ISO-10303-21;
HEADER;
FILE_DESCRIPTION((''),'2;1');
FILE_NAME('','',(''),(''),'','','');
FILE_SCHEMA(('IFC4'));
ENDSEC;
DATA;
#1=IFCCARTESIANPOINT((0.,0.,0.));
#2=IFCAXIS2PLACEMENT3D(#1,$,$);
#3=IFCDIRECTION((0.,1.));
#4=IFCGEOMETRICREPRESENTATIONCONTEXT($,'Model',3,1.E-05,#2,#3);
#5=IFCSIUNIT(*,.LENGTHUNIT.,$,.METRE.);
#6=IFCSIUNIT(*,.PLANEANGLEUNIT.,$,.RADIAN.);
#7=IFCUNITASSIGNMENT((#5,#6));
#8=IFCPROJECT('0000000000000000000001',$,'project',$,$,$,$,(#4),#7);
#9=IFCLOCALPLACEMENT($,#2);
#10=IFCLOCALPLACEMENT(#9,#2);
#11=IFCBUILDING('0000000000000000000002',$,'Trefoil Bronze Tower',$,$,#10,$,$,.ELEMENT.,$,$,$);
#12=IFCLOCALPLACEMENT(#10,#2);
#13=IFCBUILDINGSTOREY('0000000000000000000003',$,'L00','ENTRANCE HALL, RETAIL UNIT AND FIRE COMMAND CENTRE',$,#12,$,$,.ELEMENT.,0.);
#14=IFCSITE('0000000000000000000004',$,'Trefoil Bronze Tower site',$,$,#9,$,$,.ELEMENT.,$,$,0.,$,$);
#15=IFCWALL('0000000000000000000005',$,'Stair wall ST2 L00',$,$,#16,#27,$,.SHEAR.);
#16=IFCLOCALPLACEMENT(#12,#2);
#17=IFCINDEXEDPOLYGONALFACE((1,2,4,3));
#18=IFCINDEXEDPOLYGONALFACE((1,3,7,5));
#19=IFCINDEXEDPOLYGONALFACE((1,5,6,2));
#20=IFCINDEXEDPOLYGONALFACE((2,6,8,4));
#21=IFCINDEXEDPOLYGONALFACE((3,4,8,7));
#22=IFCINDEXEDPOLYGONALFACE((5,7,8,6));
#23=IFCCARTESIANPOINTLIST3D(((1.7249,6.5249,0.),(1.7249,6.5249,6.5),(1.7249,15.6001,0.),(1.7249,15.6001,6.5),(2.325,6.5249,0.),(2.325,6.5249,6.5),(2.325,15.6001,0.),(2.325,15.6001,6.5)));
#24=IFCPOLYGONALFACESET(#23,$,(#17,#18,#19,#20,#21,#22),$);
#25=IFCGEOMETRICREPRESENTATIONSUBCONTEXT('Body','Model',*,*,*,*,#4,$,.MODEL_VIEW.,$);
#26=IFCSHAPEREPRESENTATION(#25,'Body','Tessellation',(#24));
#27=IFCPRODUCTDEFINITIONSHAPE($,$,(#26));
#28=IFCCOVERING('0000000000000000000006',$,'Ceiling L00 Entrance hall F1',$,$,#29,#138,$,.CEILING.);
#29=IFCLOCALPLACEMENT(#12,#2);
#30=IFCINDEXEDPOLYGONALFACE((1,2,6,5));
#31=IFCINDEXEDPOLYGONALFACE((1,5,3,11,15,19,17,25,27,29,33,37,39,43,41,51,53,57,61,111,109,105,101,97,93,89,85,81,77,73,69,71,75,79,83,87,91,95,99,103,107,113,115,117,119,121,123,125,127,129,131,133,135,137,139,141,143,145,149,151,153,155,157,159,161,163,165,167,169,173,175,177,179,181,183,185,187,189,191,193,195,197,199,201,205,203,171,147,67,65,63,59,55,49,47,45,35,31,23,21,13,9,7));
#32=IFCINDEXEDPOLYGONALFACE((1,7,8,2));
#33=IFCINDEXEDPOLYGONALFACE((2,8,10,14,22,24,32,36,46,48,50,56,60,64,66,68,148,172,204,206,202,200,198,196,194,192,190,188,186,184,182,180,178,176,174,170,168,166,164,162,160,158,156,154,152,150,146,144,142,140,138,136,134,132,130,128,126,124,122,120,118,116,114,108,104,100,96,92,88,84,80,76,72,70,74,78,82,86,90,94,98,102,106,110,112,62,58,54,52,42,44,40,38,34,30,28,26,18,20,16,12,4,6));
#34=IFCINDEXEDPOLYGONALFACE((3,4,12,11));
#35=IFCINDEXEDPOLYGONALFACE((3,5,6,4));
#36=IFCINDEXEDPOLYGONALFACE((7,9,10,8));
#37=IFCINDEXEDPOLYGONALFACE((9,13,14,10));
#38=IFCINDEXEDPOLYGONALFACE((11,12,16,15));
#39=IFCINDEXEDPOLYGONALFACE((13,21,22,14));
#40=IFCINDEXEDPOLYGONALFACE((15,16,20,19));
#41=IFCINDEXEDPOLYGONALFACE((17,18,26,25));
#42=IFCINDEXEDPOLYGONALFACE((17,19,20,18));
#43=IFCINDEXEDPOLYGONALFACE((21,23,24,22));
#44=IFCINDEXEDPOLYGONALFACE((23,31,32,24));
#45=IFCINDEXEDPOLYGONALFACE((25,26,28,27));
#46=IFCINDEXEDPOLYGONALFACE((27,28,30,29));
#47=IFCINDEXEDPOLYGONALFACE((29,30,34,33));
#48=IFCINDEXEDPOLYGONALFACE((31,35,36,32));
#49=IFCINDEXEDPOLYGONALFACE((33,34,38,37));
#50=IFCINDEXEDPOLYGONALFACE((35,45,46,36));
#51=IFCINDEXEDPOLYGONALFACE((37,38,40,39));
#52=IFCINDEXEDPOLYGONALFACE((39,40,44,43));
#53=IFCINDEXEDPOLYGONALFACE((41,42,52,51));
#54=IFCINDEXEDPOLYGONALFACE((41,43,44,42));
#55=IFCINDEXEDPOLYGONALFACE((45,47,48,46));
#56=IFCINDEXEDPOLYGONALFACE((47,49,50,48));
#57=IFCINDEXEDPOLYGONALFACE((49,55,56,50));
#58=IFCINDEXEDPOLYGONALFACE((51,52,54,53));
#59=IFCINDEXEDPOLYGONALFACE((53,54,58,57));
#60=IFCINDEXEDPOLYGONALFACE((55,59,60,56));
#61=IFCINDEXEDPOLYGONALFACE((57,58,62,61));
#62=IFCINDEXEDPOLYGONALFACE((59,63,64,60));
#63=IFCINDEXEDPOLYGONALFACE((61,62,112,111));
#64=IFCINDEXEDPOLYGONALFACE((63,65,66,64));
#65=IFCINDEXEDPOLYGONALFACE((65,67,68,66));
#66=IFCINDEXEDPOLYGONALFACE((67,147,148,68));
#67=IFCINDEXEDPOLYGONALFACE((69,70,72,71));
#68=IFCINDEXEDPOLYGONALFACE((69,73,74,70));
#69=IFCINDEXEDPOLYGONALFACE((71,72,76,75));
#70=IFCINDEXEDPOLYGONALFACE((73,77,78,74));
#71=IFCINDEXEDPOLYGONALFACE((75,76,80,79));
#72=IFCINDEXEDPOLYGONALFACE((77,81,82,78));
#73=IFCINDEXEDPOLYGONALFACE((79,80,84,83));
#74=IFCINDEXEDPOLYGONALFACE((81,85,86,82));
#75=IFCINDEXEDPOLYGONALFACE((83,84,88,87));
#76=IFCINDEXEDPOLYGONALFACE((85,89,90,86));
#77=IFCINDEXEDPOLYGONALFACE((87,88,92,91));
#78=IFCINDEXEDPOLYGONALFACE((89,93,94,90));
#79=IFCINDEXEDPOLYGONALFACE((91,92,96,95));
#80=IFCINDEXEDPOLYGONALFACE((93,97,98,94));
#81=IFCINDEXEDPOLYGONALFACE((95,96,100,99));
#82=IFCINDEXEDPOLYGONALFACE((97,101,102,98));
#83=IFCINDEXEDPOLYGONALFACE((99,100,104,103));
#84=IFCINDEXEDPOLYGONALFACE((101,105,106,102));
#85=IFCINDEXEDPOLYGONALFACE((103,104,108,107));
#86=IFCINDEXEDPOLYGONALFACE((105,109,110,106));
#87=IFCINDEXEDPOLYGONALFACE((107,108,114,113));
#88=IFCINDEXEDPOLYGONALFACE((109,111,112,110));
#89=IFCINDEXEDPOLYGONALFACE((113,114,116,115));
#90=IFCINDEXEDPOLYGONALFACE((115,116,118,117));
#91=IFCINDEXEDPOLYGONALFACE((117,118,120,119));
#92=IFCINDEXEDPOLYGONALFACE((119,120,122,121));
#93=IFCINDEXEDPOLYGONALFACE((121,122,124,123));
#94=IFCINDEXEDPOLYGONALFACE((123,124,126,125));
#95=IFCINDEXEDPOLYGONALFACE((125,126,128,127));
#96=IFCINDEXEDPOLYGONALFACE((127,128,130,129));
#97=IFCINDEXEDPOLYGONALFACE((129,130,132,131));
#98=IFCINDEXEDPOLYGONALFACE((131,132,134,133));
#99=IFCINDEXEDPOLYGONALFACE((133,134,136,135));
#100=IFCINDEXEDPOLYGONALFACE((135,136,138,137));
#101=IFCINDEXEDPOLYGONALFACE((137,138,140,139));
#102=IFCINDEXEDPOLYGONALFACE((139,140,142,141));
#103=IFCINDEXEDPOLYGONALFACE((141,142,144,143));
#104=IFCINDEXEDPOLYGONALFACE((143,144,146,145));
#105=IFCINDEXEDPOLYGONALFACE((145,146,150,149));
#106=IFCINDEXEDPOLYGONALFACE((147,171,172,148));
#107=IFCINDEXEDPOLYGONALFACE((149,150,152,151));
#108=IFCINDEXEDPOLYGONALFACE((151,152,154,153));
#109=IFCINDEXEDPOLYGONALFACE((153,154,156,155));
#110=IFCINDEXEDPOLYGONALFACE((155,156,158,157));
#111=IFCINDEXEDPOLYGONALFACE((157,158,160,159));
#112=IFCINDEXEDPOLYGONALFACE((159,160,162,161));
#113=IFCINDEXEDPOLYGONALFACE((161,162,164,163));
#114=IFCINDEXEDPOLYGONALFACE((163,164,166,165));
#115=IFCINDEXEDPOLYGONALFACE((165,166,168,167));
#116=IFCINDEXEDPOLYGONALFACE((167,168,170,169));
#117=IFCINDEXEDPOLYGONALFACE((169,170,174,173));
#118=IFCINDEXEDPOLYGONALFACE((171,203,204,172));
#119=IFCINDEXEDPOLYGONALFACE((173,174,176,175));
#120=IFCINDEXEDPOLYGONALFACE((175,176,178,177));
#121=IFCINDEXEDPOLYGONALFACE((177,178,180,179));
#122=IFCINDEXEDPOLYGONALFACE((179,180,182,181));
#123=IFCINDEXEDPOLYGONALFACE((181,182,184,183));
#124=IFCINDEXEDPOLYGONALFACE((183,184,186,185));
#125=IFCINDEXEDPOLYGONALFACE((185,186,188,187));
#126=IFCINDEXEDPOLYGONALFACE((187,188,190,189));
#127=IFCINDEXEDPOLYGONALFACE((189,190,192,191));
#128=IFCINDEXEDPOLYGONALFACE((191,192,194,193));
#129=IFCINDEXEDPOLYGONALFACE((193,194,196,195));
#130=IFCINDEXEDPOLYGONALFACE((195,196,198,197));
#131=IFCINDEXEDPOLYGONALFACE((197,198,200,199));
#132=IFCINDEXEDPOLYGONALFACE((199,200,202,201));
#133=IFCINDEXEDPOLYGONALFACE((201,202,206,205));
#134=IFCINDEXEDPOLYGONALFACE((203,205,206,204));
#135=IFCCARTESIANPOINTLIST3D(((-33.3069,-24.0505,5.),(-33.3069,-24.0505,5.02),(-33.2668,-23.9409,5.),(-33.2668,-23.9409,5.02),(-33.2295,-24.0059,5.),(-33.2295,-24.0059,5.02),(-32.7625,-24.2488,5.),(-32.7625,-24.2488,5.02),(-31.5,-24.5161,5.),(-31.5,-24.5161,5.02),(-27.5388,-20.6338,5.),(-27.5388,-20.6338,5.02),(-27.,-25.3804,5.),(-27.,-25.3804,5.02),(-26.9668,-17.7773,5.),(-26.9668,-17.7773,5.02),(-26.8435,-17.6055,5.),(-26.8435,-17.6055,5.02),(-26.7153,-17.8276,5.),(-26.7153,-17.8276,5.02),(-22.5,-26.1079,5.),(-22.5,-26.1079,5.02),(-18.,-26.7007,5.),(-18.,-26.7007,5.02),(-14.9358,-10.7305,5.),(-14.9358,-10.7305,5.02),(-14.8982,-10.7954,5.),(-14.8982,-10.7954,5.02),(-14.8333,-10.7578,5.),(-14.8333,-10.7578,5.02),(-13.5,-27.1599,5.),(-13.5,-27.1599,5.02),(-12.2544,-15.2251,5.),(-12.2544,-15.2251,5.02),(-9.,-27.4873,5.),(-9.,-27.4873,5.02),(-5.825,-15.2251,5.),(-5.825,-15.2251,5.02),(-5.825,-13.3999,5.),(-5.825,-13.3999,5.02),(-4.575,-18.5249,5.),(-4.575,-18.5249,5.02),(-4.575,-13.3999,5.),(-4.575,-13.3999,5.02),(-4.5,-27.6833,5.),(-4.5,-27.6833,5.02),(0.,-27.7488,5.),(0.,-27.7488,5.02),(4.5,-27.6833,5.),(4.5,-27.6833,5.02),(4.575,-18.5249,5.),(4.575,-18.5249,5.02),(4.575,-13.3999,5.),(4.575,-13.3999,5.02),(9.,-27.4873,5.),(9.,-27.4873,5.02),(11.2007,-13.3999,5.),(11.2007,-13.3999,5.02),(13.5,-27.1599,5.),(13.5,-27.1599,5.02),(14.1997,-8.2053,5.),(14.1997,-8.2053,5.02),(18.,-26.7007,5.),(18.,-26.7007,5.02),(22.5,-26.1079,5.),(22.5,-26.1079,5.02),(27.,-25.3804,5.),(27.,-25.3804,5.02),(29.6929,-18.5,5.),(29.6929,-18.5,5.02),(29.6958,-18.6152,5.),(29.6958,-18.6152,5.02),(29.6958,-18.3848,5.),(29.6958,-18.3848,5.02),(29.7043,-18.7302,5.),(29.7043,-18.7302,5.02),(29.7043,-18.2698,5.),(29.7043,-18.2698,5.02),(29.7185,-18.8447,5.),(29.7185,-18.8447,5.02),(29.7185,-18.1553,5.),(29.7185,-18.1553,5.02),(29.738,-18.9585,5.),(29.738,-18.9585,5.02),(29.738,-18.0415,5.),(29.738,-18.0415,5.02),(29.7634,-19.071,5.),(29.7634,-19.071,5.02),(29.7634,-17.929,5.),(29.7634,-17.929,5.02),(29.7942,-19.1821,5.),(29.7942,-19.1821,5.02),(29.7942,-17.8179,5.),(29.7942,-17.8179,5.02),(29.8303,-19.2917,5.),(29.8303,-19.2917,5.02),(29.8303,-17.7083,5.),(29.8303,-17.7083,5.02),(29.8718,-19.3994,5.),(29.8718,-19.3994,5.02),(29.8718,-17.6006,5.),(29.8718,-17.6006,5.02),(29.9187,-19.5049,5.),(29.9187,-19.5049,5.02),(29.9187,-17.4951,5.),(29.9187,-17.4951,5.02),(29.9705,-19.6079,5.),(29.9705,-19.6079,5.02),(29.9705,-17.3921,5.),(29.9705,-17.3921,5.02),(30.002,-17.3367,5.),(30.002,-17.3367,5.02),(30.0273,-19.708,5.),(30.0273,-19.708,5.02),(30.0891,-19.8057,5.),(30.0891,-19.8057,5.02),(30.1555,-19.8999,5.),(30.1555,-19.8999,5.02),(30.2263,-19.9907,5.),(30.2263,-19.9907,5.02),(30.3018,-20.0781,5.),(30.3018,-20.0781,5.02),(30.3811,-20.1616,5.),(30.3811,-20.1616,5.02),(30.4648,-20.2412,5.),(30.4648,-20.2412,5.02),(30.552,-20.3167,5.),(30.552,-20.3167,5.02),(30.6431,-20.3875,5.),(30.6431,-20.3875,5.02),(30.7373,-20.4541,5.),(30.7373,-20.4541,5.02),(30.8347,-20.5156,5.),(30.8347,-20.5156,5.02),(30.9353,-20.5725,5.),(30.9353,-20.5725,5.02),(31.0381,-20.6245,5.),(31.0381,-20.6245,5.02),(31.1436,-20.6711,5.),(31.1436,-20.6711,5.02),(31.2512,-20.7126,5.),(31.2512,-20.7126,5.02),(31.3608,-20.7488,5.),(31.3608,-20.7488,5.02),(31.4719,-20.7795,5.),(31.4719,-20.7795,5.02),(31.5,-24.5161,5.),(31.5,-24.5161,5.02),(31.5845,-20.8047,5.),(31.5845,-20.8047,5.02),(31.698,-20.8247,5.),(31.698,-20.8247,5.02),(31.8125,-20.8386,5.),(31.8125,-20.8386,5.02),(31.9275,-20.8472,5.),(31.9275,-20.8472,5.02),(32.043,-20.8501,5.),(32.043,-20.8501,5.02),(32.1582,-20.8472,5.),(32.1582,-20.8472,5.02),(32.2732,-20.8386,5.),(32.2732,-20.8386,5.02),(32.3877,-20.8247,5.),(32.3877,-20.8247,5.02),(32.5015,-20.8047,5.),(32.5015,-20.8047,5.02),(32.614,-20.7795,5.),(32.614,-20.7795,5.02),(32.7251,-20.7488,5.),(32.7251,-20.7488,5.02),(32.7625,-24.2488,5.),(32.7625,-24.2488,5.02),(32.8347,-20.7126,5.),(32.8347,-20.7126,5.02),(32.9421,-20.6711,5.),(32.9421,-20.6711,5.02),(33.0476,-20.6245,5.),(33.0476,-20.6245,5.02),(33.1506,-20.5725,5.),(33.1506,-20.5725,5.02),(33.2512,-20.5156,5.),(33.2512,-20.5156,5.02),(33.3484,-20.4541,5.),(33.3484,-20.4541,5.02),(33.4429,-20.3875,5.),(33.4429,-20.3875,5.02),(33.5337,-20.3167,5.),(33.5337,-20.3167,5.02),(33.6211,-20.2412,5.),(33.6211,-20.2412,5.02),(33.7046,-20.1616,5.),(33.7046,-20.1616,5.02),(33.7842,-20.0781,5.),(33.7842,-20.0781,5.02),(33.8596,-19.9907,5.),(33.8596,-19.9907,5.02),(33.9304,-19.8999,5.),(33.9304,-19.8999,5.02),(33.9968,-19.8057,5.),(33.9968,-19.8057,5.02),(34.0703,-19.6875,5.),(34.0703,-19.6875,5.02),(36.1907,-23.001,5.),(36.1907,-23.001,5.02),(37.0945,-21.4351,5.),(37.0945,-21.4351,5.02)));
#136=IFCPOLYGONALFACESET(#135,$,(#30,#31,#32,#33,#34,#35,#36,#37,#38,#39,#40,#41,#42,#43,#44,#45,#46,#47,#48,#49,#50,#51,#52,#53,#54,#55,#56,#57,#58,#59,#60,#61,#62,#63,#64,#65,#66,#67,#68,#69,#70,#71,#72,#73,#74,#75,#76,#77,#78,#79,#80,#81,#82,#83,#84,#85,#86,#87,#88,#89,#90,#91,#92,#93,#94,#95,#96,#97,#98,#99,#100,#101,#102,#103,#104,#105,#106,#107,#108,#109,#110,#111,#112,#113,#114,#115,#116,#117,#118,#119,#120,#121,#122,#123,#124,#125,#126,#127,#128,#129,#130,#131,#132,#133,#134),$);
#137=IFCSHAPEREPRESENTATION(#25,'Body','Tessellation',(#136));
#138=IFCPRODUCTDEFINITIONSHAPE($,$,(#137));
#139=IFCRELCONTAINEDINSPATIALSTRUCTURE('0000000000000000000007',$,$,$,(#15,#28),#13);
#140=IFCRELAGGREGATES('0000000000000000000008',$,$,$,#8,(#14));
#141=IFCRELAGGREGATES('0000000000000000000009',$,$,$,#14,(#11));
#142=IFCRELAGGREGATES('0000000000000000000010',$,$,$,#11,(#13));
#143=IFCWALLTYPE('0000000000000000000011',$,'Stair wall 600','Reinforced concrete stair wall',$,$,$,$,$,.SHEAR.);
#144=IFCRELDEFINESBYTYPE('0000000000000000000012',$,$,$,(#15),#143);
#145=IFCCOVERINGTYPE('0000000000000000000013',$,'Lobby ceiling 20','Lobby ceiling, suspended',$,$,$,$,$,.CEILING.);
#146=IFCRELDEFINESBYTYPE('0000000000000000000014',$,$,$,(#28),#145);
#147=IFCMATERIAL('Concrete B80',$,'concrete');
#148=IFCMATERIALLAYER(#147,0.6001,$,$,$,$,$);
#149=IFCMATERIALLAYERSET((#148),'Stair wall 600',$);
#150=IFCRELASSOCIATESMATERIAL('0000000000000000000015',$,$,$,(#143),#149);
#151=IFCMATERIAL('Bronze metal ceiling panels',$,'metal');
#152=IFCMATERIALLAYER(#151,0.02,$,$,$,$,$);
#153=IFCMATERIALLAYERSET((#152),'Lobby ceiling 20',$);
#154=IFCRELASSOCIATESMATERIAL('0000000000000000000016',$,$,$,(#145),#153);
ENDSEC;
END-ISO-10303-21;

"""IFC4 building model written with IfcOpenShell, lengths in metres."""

from ifc_helpers import new_model, si_unit, direction, frame, frame_2d, origin, place, context, subcontext, project, spatial, polyline, rectangle, outline, extrude, material, layer, layer_set, type_object, element, save


model = new_model("IFC4")

# Units and contexts
model_context = context("Model", 3, precision=1e-05, world=origin(), true_north=direction((0.0, 1.0)))
body_context = subcontext(model_context, "Body", "Model", "MODEL_VIEW")
ifc_project = project(units=[si_unit("LENGTHUNIT", "METRE"), si_unit("PLANEANGLEUNIT", "RADIAN")], contexts=[model_context])

# Site, building, storey
site_placement = place(None, origin())
site = spatial("IfcSite", under=ifc_project, at=site_placement, Name="Trefoil Bronze Tower site", CompositionType="ELEMENT", RefElevation=0.0)
building_placement = place(site_placement, origin())
building = spatial("IfcBuilding", under=site, at=building_placement, Name="Trefoil Bronze Tower", CompositionType="ELEMENT")
storey_placement = place(building_placement, origin())
storey = spatial("IfcBuildingStorey", under=building, at=storey_placement, Name="L00", Description="ENTRANCE HALL, RETAIL UNIT AND FIRE COMMAND CENTRE", CompositionType="ELEMENT", Elevation=0.0)

# Wall
ifc_material_1 = material(Name="Concrete B80", Category="concrete")
ifc_layer_1 = layer(ifc_material_1, 0.6001)
ifc_layer_set_1 = layer_set([ifc_layer_1], Name="Stair wall 600")
wall_type_1 = type_object("IfcWallType", Name="Stair wall 600", Description="Reinforced concrete stair wall", PredefinedType="SHEAR", material=ifc_layer_set_1)
wall_1_placement = place(storey_placement, frame((2.0249, 6.5249, 0.0), z_axis=(0.0, 0.0, 1.0), x_axis=(0.0, 1.0, 0.0)))
element("IfcWall", 1, at=wall_1_placement, inside=storey, type_object=wall_type_1, Name="Stair wall ST2 L00", PredefinedType="SHEAR", context=body_context, shape_type="SweptSolid", body=[
    extrude(rectangle(XDim=9.0752, YDim=0.6001, at=frame_2d((4.5376, 0.0))), origin(), (0.0, 0.0, 1.0), 6.5),
])

# Covering
ifc_material_2 = material(Name="Bronze metal ceiling panels", Category="metal")
ifc_layer_2 = layer(ifc_material_2, 0.02)
ifc_layer_set_2 = layer_set([ifc_layer_2], Name="Lobby ceiling 20")
covering_type = type_object("IfcCoveringType", Name="Lobby ceiling 20", Description="Lobby ceiling, suspended", PredefinedType="CEILING", material=ifc_layer_set_2)
covering_1_placement = place(storey_placement, frame((0.0, 0.0, 5.0)))
element("IfcCovering", 2, at=covering_1_placement, inside=storey, type_object=covering_type, Name="Ceiling L00 Entrance hall F1", PredefinedType="CEILING", context=body_context, shape_type="SweptSolid", body=[
    extrude(outline(polyline([(4.575, -18.5249), (4.575, -13.3999), (11.2007, -13.3999), (14.1997, -8.2053), (30.002, -17.3367), (29.9705, -17.3921), (29.9187, -17.4951), (29.8718, -17.6006), (29.8303, -17.7083), (29.7942, -17.8179), (29.7634, -17.929), (29.738, -18.0415), (29.7185, -18.1553), (29.7043, -18.2698), (29.6958, -18.3848), (29.6929, -18.5), (29.6958, -18.6152), (29.7043, -18.7302), (29.7185, -18.8447), (29.738, -18.9585), (29.7634, -19.071), (29.7942, -19.1821), (29.8303, -19.2917), (29.8718, -19.3994), (29.9187, -19.5049), (29.9705, -19.6079), (30.0273, -19.708), (30.0891, -19.8057), (30.1555, -19.8999), (30.2263, -19.9907), (30.3018, -20.0781), (30.3811, -20.1616), (30.4648, -20.2412), (30.552, -20.3167), (30.6431, -20.3875), (30.7373, -20.4541), (30.8347, -20.5156), (30.9353, -20.5725), (31.0381, -20.6245), (31.1436, -20.6711), (31.2512, -20.7126), (31.3608, -20.7488), (31.4719, -20.7795), (31.5845, -20.8047), (31.698, -20.8247), (31.8125, -20.8386), (31.9275, -20.8472), (32.043, -20.8501), (32.1582, -20.8472), (32.2732, -20.8386), (32.3877, -20.8247), (32.5015, -20.8047), (32.614, -20.7795), (32.7251, -20.7488), (32.8347, -20.7126), (32.9421, -20.6711), (33.0476, -20.6245), (33.1506, -20.5725), (33.2512, -20.5156), (33.3484, -20.4541), (33.4429, -20.3875), (33.5337, -20.3167), (33.6211, -20.2412), (33.7046, -20.1616), (33.7842, -20.0781), (33.8596, -19.9907), (33.9304, -19.8999), (33.9968, -19.8057), (34.0703, -19.6875), (37.0945, -21.4351), (36.1907, -23.001), (32.7625, -24.2488), (31.5, -24.5161), (27.0, -25.3804), (22.5, -26.1079), (18.0, -26.7007), (13.5, -27.1599), (9.0, -27.4873), (4.5, -27.6833), (0.0, -27.7488), (-4.5, -27.6833), (-9.0, -27.4873), (-13.5, -27.1599), (-18.0, -26.7007), (-22.5, -26.1079), (-27.0, -25.3804), (-31.5, -24.5161), (-32.7625, -24.2488), (-33.3069, -24.0505), (-33.2295, -24.0059), (-33.2668, -23.9409), (-27.5388, -20.6338), (-26.9668, -17.7773), (-26.7153, -17.8276), (-26.8435, -17.6055), (-14.9358, -10.7305), (-14.8982, -10.7954), (-14.8333, -10.7578), (-12.2544, -15.2251), (-5.825, -15.2251), (-5.825, -13.3999), (-4.575, -13.3999), (-4.575, -18.5249), (4.575, -18.5249)])), origin(), (0.0, 0.0, 1.0), 0.02),
])

save(model, "model.ifc")
